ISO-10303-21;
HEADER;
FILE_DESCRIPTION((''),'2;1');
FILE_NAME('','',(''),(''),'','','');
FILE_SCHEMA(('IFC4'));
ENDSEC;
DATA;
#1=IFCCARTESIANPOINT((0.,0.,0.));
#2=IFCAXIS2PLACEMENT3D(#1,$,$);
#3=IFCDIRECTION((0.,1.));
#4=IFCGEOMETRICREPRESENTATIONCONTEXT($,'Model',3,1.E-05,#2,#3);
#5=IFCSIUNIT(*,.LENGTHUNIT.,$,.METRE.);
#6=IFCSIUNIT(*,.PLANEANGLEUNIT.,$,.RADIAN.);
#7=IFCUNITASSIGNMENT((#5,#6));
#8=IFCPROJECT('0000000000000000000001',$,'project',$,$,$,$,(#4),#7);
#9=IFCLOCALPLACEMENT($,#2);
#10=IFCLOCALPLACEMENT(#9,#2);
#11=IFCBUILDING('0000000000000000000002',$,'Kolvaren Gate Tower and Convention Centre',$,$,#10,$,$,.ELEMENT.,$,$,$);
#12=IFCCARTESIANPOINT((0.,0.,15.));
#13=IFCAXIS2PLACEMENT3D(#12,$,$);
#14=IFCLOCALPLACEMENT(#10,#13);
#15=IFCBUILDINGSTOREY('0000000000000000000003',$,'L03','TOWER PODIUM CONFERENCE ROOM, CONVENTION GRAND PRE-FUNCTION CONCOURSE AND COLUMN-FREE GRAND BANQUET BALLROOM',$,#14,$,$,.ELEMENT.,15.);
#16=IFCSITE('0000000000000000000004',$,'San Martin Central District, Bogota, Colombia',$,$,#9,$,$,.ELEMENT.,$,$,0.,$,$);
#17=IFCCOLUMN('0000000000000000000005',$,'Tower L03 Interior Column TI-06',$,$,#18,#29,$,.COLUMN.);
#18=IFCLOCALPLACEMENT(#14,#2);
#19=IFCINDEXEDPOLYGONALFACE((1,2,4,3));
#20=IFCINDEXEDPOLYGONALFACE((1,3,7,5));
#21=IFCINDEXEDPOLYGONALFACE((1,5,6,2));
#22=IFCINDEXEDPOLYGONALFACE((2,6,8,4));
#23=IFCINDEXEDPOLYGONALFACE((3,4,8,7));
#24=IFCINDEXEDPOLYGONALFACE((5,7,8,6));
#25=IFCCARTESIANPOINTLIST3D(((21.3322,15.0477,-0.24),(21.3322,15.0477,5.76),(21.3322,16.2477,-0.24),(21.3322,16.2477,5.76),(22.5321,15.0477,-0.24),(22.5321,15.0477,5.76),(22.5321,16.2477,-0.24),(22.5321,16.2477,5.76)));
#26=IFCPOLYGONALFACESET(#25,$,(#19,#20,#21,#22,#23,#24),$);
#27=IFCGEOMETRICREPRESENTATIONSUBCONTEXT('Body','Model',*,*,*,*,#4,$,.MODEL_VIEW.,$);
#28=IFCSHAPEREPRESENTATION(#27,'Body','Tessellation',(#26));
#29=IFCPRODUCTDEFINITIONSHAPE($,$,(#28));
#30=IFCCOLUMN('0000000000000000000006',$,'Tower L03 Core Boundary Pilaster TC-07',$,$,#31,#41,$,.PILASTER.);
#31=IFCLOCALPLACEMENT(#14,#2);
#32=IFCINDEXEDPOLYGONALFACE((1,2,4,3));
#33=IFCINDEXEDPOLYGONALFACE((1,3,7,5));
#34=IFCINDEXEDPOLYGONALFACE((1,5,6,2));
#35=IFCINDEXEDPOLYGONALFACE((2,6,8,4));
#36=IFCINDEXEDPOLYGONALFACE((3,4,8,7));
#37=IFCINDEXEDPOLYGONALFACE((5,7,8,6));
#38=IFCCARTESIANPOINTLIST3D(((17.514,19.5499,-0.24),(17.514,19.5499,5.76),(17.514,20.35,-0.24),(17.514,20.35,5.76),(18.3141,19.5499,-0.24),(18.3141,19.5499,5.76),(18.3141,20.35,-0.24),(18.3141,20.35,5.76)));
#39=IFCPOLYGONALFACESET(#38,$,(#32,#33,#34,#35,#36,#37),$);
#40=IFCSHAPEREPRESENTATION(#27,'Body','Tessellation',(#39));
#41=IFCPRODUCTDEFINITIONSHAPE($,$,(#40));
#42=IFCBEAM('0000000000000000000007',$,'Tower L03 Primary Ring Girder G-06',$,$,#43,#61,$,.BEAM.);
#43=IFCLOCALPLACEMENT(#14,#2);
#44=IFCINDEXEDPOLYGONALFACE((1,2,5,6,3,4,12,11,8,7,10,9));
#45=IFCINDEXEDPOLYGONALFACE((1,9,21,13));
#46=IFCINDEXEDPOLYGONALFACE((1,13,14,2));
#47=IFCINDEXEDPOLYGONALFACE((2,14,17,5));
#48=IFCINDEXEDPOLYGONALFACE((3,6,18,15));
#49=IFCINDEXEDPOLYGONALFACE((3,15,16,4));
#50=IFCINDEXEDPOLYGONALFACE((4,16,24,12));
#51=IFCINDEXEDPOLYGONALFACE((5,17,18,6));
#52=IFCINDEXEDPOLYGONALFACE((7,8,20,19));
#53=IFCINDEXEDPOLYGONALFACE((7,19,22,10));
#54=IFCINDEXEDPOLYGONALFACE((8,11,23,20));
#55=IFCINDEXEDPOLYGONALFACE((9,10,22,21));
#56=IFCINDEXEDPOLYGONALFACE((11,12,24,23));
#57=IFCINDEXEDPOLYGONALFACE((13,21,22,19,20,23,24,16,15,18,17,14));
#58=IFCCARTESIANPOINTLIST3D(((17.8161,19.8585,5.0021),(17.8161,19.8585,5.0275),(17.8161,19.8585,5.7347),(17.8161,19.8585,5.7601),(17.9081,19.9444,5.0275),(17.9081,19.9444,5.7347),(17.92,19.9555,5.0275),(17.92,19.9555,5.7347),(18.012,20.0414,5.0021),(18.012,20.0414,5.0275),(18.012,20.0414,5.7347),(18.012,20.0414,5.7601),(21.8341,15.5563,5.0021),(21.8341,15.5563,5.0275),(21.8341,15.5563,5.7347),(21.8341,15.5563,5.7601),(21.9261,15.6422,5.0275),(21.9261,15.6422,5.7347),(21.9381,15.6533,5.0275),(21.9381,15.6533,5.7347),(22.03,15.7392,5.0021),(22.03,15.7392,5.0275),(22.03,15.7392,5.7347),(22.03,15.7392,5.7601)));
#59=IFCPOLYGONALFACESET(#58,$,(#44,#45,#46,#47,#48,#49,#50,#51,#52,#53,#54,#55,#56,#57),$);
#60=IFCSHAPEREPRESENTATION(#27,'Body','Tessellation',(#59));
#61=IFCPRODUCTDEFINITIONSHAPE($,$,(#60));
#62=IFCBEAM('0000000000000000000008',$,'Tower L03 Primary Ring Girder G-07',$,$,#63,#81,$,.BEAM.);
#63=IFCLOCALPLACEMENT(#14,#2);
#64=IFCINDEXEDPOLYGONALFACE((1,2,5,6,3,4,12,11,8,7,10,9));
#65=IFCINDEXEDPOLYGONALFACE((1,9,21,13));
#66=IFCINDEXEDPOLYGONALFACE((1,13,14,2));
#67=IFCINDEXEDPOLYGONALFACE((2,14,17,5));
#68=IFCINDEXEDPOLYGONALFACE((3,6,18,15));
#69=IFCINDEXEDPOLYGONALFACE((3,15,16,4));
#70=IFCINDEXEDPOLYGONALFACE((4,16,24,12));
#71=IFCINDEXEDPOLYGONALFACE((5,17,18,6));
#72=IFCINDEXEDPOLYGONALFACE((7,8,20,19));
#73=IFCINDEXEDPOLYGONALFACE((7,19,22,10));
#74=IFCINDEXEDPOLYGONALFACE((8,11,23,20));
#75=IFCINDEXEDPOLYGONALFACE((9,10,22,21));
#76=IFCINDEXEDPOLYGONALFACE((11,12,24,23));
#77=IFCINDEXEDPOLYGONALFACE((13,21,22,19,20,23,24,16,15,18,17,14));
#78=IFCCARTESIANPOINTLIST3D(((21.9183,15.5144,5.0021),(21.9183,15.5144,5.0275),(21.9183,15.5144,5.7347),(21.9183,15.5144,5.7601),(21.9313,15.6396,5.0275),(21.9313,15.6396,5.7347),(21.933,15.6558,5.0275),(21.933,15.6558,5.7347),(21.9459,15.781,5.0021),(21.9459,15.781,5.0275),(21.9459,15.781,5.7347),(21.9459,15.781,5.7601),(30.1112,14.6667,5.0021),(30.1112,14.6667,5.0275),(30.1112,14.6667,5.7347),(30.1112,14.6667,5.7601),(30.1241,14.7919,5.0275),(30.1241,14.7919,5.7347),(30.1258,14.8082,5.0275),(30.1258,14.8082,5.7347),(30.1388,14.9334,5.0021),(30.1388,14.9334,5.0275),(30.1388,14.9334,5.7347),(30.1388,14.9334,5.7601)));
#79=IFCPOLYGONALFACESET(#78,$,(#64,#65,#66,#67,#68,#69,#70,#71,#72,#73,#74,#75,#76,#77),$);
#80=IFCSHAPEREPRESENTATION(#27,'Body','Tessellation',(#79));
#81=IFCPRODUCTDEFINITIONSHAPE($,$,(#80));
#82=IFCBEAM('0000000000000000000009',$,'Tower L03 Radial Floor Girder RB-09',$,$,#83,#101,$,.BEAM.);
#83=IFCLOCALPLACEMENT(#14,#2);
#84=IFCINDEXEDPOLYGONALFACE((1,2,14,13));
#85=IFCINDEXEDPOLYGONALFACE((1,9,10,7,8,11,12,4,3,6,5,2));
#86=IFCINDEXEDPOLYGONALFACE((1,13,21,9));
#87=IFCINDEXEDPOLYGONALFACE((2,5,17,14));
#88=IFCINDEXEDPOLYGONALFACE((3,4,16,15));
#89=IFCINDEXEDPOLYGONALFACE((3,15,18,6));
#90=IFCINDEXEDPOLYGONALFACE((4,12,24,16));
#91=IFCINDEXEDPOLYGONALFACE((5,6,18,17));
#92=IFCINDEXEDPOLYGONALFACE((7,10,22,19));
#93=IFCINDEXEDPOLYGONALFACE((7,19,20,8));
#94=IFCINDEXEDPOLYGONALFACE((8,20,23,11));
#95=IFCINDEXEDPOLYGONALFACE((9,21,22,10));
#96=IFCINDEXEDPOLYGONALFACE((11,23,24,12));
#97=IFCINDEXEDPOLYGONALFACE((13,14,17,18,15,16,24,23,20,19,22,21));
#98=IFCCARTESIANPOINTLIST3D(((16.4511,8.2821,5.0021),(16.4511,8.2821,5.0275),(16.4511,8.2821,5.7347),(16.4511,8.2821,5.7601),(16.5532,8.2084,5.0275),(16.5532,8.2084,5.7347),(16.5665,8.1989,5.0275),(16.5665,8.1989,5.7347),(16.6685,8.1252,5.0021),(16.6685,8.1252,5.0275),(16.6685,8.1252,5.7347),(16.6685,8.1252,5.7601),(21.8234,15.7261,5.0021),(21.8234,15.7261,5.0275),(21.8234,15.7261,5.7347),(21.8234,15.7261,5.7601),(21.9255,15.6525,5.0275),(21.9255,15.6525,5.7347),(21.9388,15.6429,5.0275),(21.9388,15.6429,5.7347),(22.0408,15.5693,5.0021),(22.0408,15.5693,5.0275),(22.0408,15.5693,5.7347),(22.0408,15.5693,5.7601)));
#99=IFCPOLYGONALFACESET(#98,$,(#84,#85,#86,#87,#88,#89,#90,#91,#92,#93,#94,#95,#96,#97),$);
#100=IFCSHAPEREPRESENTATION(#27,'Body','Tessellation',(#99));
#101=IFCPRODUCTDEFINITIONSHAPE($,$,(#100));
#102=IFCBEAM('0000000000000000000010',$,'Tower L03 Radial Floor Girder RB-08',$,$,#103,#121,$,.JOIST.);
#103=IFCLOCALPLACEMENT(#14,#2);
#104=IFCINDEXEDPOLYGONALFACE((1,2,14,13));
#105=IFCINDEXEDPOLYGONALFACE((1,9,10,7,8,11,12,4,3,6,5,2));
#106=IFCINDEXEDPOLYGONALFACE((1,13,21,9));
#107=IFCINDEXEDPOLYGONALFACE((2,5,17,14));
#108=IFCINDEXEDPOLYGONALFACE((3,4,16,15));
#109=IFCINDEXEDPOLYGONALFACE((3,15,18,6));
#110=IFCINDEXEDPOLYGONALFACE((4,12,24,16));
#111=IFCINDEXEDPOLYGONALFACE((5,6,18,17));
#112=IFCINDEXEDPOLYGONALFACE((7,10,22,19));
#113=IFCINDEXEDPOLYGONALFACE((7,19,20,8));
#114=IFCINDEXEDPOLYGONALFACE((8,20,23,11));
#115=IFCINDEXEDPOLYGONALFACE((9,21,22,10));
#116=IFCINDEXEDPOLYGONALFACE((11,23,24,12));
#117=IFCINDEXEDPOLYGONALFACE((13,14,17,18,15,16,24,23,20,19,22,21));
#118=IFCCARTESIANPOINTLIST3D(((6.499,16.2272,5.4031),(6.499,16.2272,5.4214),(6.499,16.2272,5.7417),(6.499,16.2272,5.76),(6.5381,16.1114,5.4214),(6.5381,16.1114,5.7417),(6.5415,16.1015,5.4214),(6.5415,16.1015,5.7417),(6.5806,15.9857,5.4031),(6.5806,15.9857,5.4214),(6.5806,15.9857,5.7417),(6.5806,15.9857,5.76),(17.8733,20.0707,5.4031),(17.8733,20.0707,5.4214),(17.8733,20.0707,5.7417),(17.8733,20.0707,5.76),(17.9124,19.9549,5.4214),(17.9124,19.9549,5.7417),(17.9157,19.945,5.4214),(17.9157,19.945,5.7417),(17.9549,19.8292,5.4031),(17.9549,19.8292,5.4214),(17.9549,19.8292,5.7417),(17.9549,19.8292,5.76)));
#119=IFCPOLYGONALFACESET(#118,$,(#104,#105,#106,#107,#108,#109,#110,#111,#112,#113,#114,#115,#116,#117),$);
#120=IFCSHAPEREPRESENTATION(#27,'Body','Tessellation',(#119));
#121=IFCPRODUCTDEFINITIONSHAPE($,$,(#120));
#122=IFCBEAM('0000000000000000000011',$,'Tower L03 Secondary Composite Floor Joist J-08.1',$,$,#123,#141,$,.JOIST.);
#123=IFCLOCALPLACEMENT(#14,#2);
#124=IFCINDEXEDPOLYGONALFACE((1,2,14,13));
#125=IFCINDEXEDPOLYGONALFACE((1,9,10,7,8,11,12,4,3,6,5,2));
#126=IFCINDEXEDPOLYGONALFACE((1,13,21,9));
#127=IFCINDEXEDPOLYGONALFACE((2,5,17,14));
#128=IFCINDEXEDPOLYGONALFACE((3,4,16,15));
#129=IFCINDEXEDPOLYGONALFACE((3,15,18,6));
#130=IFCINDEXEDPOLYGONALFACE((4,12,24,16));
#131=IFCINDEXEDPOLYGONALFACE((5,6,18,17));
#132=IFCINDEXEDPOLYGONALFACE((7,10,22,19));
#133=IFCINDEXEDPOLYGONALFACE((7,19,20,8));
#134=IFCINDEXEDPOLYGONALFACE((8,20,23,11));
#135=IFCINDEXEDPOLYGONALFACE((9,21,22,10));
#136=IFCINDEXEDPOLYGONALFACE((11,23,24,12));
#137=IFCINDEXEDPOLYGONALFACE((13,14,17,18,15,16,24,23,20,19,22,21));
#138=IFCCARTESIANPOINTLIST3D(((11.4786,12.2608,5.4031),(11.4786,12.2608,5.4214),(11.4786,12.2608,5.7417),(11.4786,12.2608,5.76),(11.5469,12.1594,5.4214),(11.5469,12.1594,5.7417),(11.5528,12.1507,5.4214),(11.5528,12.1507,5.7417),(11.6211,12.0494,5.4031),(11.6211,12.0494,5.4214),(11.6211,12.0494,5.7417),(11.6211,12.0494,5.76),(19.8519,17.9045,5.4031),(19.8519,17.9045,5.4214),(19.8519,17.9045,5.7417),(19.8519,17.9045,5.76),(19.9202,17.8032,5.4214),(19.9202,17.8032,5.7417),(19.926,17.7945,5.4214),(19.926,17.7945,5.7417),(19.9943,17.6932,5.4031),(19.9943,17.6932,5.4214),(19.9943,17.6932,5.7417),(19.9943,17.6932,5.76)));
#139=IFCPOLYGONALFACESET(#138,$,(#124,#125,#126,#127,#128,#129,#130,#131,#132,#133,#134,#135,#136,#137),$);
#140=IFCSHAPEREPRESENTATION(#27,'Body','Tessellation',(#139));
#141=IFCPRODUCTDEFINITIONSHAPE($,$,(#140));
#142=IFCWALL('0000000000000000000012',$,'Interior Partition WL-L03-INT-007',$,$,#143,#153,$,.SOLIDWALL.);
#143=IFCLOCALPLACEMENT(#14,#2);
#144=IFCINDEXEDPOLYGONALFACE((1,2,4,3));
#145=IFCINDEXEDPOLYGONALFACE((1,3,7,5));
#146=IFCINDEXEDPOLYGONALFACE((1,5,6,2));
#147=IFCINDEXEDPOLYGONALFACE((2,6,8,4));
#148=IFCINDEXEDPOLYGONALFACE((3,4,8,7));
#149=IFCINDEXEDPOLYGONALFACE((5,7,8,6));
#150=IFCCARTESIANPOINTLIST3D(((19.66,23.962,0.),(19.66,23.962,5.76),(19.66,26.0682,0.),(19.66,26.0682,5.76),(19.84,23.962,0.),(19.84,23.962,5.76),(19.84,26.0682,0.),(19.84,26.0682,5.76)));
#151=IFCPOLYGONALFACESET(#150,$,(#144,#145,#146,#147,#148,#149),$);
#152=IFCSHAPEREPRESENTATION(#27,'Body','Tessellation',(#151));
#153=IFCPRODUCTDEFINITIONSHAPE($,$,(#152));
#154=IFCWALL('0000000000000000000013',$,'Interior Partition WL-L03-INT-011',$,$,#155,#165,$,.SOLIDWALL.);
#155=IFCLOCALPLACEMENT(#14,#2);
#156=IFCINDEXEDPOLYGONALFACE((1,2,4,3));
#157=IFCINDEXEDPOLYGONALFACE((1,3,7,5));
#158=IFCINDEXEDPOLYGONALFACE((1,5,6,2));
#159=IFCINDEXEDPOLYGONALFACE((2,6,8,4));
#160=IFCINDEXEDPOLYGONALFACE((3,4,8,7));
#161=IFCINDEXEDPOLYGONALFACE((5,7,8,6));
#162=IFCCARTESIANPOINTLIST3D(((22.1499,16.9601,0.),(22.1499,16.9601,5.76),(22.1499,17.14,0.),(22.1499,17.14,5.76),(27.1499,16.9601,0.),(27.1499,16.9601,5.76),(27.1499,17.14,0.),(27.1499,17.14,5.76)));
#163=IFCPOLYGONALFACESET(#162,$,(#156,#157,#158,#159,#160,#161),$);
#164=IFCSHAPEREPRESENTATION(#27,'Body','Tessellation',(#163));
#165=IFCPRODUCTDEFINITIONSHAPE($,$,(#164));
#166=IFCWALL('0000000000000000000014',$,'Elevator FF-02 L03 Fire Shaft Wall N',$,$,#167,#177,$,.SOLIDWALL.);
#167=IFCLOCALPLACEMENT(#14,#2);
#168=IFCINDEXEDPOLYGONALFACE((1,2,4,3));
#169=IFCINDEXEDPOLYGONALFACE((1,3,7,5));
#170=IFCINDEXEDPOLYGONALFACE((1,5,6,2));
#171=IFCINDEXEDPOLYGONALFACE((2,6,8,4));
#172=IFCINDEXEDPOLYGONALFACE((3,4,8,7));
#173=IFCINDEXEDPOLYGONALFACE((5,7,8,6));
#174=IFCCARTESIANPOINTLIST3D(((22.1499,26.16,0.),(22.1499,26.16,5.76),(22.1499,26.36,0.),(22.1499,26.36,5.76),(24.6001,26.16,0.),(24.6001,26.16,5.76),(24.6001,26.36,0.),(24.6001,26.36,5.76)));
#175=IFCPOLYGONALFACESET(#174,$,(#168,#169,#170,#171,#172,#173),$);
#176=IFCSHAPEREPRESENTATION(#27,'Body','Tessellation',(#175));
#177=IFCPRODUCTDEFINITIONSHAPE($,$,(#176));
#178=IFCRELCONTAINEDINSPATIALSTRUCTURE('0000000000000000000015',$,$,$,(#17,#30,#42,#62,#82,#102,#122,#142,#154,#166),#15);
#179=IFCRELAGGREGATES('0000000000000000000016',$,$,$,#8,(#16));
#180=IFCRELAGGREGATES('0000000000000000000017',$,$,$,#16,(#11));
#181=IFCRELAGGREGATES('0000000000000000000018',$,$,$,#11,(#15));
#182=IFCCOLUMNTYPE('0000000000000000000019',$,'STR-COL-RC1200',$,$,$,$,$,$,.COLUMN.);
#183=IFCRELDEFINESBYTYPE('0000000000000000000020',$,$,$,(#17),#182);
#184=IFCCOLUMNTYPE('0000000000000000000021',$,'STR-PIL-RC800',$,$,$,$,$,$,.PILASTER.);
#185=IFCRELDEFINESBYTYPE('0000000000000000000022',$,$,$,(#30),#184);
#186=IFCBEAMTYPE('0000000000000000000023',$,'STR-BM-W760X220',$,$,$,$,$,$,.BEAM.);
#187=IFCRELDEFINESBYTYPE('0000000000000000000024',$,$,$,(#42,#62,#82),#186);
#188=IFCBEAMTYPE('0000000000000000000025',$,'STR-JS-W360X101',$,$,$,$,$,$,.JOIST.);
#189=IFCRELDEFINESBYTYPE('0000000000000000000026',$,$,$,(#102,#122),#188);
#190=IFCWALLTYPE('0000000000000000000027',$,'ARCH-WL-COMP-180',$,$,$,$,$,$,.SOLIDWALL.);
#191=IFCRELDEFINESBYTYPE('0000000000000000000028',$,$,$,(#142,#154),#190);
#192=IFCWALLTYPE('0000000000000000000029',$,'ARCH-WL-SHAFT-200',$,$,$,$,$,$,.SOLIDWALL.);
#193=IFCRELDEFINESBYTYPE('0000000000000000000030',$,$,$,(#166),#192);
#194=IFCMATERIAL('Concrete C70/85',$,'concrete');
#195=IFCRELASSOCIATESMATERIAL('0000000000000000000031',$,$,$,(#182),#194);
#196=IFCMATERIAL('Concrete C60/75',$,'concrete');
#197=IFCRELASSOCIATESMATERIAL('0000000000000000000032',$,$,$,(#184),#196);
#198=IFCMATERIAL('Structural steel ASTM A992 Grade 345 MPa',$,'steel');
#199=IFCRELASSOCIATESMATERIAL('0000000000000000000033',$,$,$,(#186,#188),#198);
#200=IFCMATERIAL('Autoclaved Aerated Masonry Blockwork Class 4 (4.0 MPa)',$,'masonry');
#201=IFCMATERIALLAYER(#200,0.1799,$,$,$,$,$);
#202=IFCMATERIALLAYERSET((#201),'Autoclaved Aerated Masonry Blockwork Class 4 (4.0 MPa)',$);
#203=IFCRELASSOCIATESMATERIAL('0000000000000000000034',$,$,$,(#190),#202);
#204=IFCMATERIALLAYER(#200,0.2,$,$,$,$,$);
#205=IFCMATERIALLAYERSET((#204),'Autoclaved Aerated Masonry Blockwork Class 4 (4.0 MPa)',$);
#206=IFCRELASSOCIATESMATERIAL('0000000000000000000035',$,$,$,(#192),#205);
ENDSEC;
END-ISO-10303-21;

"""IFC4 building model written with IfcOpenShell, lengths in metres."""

from ifc_helpers import new_model, si_unit, direction, frame, frame_2d, origin, origin_2d, place, context, subcontext, project, spatial, rectangle, i_section, extrude, material, layer, layer_set, material_profile, profile_set, type_object, element, save


model = new_model("IFC4")

# Units and contexts
model_context = context("Model", 3, precision=1e-05, world=origin(), true_north=direction((0.0, 1.0)))
body_context = subcontext(model_context, "Body", "Model", "MODEL_VIEW")
ifc_project = project(units=[si_unit("LENGTHUNIT", "METRE"), si_unit("PLANEANGLEUNIT", "RADIAN")], contexts=[model_context])

# Site, building, storey
site_placement = place(None, origin())
site = spatial("IfcSite", under=ifc_project, at=site_placement, Name="San Martin Central District, Bogota, Colombia", CompositionType="ELEMENT", RefElevation=0.0)
building_placement = place(site_placement, origin())
building = spatial("IfcBuilding", under=site, at=building_placement, Name="Kolvaren Gate Tower and Convention Centre", CompositionType="ELEMENT")
storey_placement = place(building_placement, frame((0.0, 0.0, 15.0)))
storey = spatial("IfcBuildingStorey", under=building, at=storey_placement, Name="L03", Description="TOWER PODIUM CONFERENCE ROOM, CONVENTION GRAND PRE-FUNCTION CONCOURSE AND COLUMN-FREE GRAND BANQUET BALLROOM", CompositionType="ELEMENT", Elevation=15.0)

# Columns
ifc_material_1 = material(Name="Concrete C70/85", Category="concrete")
ifc_material_profile_1 = material_profile(ifc_material_1, rectangle(XDim=1.2, YDim=1.2, at=origin_2d()), Name="RC-COL-1200X1200")
ifc_profile_set_1 = profile_set([ifc_material_profile_1], Name="Concrete C70/85")
column_type_1 = type_object("IfcColumnType", Name="STR-COL-RC1200", PredefinedType="COLUMN", material=ifc_profile_set_1)
column_1_placement = place(storey_placement, frame((21.9321, 15.6477, -0.24), z_axis=(0.0, 0.0, 1.0), x_axis=(1.0, 0.0, 0.0)))
element("IfcColumn", 1, at=column_1_placement, inside=storey, type_object=column_type_1, Name="Tower L03 Interior Column TI-06", PredefinedType="COLUMN", context=body_context, shape_type="SweptSolid", body=[
    extrude(rectangle(XDim=1.2, YDim=1.2, at=origin_2d()), origin(), (0.0, 0.0, 1.0), 6.0),
])
ifc_material_2 = material(Name="Concrete C60/75", Category="concrete")
ifc_material_profile_2 = material_profile(ifc_material_2, rectangle(XDim=0.8, YDim=0.8, at=origin_2d()), Name="RC-COL-800X800")
ifc_profile_set_2 = profile_set([ifc_material_profile_2], Name="Concrete C60/75")
column_type_2 = type_object("IfcColumnType", Name="STR-PIL-RC800", PredefinedType="PILASTER", material=ifc_profile_set_2)
column_2_placement = place(storey_placement, frame((17.9141, 19.95, -0.24), z_axis=(0.0, 0.0, 1.0), x_axis=(1.0, 0.0, 0.0)))
element("IfcColumn", 2, at=column_2_placement, inside=storey, type_object=column_type_2, Name="Tower L03 Core Boundary Pilaster TC-07", PredefinedType="PILASTER", context=body_context, shape_type="SweptSolid", body=[
    extrude(rectangle(XDim=0.8, YDim=0.8, at=origin_2d()), origin(), (0.0, 0.0, 1.0), 6.0),
])

# Beams
ifc_material_3 = material(Name="Structural steel ASTM A992 Grade 345 MPa", Category="steel")
ifc_material_profile_3 = material_profile(ifc_material_3, i_section(OverallWidth=0.2681, OverallDepth=0.7581, WebThickness=0.0164, FlangeThickness=0.0254, at=origin_2d()), Name="W760X220")
ifc_profile_set_3 = profile_set([ifc_material_profile_3], Name="Structural steel ASTM A992 Grade 345 MPa")
beam_type_1 = type_object("IfcBeamType", Name="STR-BM-W760X220", PredefinedType="BEAM", material=ifc_profile_set_3)
beam_1_placement = place(storey_placement, frame((17.9141, 19.95, 5.3811), z_axis=(0.682558, -0.730832, 0.0), x_axis=(0.730832, 0.682558, 0.0)))
element("IfcBeam", 3, at=beam_1_placement, inside=storey, type_object=beam_type_1, Name="Tower L03 Primary Ring Girder G-06", PredefinedType="BEAM", context=body_context, shape_type="SweptSolid", body=[
    extrude(i_section(OverallWidth=0.2681, OverallDepth=0.7581, WebThickness=0.0164, FlangeThickness=0.0254, at=origin_2d()), origin(), (0.0, 0.0, 1.0), 5.8867),
])
beam_2_placement = place(storey_placement, frame((21.9321, 15.6477, 5.3811), z_axis=(0.99469, -0.102913, 0.0), x_axis=(0.102913, 0.99469, 0.0)))
element("IfcBeam", 4, at=beam_2_placement, inside=storey, type_object=beam_type_1, Name="Tower L03 Primary Ring Girder G-07", PredefinedType="BEAM", context=body_context, shape_type="SweptSolid", body=[
    extrude(i_section(OverallWidth=0.2681, OverallDepth=0.7581, WebThickness=0.0164, FlangeThickness=0.0254, at=origin_2d()), origin(), (0.0, 0.0, 1.0), 8.2366),
])
beam_3_placement = place(storey_placement, frame((21.9321, 15.6477, 5.3811), z_axis=(-0.585206, -0.810885, 0.0), x_axis=(0.810885, -0.585206, 0.0)))
element("IfcBeam", 5, at=beam_3_placement, inside=storey, type_object=beam_type_1, Name="Tower L03 Radial Floor Girder RB-09", PredefinedType="BEAM", context=body_context, shape_type="SweptSolid", body=[
    extrude(i_section(OverallWidth=0.2681, OverallDepth=0.7581, WebThickness=0.0164, FlangeThickness=0.0254, at=origin_2d()), origin(), (0.0, 0.0, 1.0), 9.1802),
])
ifc_material_profile_4 = material_profile(ifc_material_3, i_section(OverallWidth=0.2549, OverallDepth=0.3569, WebThickness=0.0105, FlangeThickness=0.0183, at=origin_2d()), Name="W360X101")
ifc_profile_set_4 = profile_set([ifc_material_profile_4], Name="Structural steel ASTM A992 Grade 345 MPa")
beam_type_2 = type_object("IfcBeamType", Name="STR-JS-W360X101", PredefinedType="JOIST", material=ifc_profile_set_4)
beam_4_placement = place(storey_placement, frame((17.9141, 19.95, 5.5815), z_axis=(-0.947374, -0.320129, 0.0), x_axis=(0.320129, -0.947374, 0.0)))
element("IfcBeam", 6, at=beam_4_placement, inside=storey, type_object=beam_type_2, Name="Tower L03 Radial Floor Girder RB-08", PredefinedType="JOIST", context=body_context, shape_type="SweptSolid", body=[
    extrude(i_section(OverallWidth=0.2549, OverallDepth=0.3569, WebThickness=0.0105, FlangeThickness=0.0183, at=origin_2d()), origin(), (0.0, 0.0, 1.0), 12.0061),
])
beam_5_placement = place(storey_placement, frame((19.9231, 17.7988, 5.5815), z_axis=(-0.829224, -0.558917, 0.0), x_axis=(0.558917, -0.829224, 0.0)))
element("IfcBeam", 7, at=beam_5_placement, inside=storey, type_object=beam_type_2, Name="Tower L03 Secondary Composite Floor Joist J-08.1", PredefinedType="JOIST", context=body_context, shape_type="SweptSolid", body=[
    extrude(i_section(OverallWidth=0.2549, OverallDepth=0.3569, WebThickness=0.0105, FlangeThickness=0.0183, at=origin_2d()), origin(), (0.0, 0.0, 1.0), 10.0977),
])

# Walls
ifc_material_4 = material(Name="Autoclaved Aerated Masonry Blockwork Class 4 (4.0 MPa)", Category="masonry")
ifc_layer_1 = layer(ifc_material_4, 0.1799)
ifc_layer_set_1 = layer_set([ifc_layer_1], Name="Autoclaved Aerated Masonry Blockwork Class 4 (4.0 MPa)")
wall_type_1 = type_object("IfcWallType", Name="ARCH-WL-COMP-180", PredefinedType="SOLIDWALL", material=ifc_layer_set_1)
wall_1_placement = place(storey_placement, frame((19.75, 23.9619, 0.0), z_axis=(0.0, 0.0, 1.0), x_axis=(0.0, 1.0, 0.0)))
element("IfcWall", 8, at=wall_1_placement, inside=storey, type_object=wall_type_1, Name="Interior Partition WL-L03-INT-007", PredefinedType="SOLIDWALL", context=body_context, shape_type="SweptSolid", body=[
    extrude(rectangle(XDim=2.1062, YDim=0.1799, at=frame_2d((1.0532, 0.0))), origin(), (0.0, 0.0, 1.0), 5.76),
])
wall_2_placement = place(storey_placement, frame((22.1499, 17.05, 0.0), z_axis=(0.0, 0.0, 1.0), x_axis=(1.0, 0.0, 0.0)))
element("IfcWall", 9, at=wall_2_placement, inside=storey, type_object=wall_type_1, Name="Interior Partition WL-L03-INT-011", PredefinedType="SOLIDWALL", context=body_context, shape_type="SweptSolid", body=[
    extrude(rectangle(XDim=5.0, YDim=0.1799, at=frame_2d((2.5, 0.0))), origin(), (0.0, 0.0, 1.0), 5.76),
])
ifc_layer_2 = layer(ifc_material_4, 0.2)
ifc_layer_set_2 = layer_set([ifc_layer_2], Name="Autoclaved Aerated Masonry Blockwork Class 4 (4.0 MPa)")
wall_type_2 = type_object("IfcWallType", Name="ARCH-WL-SHAFT-200", PredefinedType="SOLIDWALL", material=ifc_layer_set_2)
for number, where, z_axis, x_axis, name in (
    (10, (22.1499, 26.26, 0.0), (0.0, 0.0, 1.0), (1.0, 0.0, 0.0), "Elevator FF-02 L03 Fire Shaft Wall N"),
):
    element("IfcWall", number, at=place(storey_placement, frame(where, z_axis=z_axis, x_axis=x_axis)), inside=storey, type_object=wall_type_2, Name=name, PredefinedType="SOLIDWALL", context=body_context, shape_type="SweptSolid", body=[
        extrude(rectangle(XDim=2.4502, YDim=0.2, at=frame_2d((1.2251, 0.0))), origin(), (0.0, 0.0, 1.0), 5.76),
    ])

save(model, "model.ifc")
